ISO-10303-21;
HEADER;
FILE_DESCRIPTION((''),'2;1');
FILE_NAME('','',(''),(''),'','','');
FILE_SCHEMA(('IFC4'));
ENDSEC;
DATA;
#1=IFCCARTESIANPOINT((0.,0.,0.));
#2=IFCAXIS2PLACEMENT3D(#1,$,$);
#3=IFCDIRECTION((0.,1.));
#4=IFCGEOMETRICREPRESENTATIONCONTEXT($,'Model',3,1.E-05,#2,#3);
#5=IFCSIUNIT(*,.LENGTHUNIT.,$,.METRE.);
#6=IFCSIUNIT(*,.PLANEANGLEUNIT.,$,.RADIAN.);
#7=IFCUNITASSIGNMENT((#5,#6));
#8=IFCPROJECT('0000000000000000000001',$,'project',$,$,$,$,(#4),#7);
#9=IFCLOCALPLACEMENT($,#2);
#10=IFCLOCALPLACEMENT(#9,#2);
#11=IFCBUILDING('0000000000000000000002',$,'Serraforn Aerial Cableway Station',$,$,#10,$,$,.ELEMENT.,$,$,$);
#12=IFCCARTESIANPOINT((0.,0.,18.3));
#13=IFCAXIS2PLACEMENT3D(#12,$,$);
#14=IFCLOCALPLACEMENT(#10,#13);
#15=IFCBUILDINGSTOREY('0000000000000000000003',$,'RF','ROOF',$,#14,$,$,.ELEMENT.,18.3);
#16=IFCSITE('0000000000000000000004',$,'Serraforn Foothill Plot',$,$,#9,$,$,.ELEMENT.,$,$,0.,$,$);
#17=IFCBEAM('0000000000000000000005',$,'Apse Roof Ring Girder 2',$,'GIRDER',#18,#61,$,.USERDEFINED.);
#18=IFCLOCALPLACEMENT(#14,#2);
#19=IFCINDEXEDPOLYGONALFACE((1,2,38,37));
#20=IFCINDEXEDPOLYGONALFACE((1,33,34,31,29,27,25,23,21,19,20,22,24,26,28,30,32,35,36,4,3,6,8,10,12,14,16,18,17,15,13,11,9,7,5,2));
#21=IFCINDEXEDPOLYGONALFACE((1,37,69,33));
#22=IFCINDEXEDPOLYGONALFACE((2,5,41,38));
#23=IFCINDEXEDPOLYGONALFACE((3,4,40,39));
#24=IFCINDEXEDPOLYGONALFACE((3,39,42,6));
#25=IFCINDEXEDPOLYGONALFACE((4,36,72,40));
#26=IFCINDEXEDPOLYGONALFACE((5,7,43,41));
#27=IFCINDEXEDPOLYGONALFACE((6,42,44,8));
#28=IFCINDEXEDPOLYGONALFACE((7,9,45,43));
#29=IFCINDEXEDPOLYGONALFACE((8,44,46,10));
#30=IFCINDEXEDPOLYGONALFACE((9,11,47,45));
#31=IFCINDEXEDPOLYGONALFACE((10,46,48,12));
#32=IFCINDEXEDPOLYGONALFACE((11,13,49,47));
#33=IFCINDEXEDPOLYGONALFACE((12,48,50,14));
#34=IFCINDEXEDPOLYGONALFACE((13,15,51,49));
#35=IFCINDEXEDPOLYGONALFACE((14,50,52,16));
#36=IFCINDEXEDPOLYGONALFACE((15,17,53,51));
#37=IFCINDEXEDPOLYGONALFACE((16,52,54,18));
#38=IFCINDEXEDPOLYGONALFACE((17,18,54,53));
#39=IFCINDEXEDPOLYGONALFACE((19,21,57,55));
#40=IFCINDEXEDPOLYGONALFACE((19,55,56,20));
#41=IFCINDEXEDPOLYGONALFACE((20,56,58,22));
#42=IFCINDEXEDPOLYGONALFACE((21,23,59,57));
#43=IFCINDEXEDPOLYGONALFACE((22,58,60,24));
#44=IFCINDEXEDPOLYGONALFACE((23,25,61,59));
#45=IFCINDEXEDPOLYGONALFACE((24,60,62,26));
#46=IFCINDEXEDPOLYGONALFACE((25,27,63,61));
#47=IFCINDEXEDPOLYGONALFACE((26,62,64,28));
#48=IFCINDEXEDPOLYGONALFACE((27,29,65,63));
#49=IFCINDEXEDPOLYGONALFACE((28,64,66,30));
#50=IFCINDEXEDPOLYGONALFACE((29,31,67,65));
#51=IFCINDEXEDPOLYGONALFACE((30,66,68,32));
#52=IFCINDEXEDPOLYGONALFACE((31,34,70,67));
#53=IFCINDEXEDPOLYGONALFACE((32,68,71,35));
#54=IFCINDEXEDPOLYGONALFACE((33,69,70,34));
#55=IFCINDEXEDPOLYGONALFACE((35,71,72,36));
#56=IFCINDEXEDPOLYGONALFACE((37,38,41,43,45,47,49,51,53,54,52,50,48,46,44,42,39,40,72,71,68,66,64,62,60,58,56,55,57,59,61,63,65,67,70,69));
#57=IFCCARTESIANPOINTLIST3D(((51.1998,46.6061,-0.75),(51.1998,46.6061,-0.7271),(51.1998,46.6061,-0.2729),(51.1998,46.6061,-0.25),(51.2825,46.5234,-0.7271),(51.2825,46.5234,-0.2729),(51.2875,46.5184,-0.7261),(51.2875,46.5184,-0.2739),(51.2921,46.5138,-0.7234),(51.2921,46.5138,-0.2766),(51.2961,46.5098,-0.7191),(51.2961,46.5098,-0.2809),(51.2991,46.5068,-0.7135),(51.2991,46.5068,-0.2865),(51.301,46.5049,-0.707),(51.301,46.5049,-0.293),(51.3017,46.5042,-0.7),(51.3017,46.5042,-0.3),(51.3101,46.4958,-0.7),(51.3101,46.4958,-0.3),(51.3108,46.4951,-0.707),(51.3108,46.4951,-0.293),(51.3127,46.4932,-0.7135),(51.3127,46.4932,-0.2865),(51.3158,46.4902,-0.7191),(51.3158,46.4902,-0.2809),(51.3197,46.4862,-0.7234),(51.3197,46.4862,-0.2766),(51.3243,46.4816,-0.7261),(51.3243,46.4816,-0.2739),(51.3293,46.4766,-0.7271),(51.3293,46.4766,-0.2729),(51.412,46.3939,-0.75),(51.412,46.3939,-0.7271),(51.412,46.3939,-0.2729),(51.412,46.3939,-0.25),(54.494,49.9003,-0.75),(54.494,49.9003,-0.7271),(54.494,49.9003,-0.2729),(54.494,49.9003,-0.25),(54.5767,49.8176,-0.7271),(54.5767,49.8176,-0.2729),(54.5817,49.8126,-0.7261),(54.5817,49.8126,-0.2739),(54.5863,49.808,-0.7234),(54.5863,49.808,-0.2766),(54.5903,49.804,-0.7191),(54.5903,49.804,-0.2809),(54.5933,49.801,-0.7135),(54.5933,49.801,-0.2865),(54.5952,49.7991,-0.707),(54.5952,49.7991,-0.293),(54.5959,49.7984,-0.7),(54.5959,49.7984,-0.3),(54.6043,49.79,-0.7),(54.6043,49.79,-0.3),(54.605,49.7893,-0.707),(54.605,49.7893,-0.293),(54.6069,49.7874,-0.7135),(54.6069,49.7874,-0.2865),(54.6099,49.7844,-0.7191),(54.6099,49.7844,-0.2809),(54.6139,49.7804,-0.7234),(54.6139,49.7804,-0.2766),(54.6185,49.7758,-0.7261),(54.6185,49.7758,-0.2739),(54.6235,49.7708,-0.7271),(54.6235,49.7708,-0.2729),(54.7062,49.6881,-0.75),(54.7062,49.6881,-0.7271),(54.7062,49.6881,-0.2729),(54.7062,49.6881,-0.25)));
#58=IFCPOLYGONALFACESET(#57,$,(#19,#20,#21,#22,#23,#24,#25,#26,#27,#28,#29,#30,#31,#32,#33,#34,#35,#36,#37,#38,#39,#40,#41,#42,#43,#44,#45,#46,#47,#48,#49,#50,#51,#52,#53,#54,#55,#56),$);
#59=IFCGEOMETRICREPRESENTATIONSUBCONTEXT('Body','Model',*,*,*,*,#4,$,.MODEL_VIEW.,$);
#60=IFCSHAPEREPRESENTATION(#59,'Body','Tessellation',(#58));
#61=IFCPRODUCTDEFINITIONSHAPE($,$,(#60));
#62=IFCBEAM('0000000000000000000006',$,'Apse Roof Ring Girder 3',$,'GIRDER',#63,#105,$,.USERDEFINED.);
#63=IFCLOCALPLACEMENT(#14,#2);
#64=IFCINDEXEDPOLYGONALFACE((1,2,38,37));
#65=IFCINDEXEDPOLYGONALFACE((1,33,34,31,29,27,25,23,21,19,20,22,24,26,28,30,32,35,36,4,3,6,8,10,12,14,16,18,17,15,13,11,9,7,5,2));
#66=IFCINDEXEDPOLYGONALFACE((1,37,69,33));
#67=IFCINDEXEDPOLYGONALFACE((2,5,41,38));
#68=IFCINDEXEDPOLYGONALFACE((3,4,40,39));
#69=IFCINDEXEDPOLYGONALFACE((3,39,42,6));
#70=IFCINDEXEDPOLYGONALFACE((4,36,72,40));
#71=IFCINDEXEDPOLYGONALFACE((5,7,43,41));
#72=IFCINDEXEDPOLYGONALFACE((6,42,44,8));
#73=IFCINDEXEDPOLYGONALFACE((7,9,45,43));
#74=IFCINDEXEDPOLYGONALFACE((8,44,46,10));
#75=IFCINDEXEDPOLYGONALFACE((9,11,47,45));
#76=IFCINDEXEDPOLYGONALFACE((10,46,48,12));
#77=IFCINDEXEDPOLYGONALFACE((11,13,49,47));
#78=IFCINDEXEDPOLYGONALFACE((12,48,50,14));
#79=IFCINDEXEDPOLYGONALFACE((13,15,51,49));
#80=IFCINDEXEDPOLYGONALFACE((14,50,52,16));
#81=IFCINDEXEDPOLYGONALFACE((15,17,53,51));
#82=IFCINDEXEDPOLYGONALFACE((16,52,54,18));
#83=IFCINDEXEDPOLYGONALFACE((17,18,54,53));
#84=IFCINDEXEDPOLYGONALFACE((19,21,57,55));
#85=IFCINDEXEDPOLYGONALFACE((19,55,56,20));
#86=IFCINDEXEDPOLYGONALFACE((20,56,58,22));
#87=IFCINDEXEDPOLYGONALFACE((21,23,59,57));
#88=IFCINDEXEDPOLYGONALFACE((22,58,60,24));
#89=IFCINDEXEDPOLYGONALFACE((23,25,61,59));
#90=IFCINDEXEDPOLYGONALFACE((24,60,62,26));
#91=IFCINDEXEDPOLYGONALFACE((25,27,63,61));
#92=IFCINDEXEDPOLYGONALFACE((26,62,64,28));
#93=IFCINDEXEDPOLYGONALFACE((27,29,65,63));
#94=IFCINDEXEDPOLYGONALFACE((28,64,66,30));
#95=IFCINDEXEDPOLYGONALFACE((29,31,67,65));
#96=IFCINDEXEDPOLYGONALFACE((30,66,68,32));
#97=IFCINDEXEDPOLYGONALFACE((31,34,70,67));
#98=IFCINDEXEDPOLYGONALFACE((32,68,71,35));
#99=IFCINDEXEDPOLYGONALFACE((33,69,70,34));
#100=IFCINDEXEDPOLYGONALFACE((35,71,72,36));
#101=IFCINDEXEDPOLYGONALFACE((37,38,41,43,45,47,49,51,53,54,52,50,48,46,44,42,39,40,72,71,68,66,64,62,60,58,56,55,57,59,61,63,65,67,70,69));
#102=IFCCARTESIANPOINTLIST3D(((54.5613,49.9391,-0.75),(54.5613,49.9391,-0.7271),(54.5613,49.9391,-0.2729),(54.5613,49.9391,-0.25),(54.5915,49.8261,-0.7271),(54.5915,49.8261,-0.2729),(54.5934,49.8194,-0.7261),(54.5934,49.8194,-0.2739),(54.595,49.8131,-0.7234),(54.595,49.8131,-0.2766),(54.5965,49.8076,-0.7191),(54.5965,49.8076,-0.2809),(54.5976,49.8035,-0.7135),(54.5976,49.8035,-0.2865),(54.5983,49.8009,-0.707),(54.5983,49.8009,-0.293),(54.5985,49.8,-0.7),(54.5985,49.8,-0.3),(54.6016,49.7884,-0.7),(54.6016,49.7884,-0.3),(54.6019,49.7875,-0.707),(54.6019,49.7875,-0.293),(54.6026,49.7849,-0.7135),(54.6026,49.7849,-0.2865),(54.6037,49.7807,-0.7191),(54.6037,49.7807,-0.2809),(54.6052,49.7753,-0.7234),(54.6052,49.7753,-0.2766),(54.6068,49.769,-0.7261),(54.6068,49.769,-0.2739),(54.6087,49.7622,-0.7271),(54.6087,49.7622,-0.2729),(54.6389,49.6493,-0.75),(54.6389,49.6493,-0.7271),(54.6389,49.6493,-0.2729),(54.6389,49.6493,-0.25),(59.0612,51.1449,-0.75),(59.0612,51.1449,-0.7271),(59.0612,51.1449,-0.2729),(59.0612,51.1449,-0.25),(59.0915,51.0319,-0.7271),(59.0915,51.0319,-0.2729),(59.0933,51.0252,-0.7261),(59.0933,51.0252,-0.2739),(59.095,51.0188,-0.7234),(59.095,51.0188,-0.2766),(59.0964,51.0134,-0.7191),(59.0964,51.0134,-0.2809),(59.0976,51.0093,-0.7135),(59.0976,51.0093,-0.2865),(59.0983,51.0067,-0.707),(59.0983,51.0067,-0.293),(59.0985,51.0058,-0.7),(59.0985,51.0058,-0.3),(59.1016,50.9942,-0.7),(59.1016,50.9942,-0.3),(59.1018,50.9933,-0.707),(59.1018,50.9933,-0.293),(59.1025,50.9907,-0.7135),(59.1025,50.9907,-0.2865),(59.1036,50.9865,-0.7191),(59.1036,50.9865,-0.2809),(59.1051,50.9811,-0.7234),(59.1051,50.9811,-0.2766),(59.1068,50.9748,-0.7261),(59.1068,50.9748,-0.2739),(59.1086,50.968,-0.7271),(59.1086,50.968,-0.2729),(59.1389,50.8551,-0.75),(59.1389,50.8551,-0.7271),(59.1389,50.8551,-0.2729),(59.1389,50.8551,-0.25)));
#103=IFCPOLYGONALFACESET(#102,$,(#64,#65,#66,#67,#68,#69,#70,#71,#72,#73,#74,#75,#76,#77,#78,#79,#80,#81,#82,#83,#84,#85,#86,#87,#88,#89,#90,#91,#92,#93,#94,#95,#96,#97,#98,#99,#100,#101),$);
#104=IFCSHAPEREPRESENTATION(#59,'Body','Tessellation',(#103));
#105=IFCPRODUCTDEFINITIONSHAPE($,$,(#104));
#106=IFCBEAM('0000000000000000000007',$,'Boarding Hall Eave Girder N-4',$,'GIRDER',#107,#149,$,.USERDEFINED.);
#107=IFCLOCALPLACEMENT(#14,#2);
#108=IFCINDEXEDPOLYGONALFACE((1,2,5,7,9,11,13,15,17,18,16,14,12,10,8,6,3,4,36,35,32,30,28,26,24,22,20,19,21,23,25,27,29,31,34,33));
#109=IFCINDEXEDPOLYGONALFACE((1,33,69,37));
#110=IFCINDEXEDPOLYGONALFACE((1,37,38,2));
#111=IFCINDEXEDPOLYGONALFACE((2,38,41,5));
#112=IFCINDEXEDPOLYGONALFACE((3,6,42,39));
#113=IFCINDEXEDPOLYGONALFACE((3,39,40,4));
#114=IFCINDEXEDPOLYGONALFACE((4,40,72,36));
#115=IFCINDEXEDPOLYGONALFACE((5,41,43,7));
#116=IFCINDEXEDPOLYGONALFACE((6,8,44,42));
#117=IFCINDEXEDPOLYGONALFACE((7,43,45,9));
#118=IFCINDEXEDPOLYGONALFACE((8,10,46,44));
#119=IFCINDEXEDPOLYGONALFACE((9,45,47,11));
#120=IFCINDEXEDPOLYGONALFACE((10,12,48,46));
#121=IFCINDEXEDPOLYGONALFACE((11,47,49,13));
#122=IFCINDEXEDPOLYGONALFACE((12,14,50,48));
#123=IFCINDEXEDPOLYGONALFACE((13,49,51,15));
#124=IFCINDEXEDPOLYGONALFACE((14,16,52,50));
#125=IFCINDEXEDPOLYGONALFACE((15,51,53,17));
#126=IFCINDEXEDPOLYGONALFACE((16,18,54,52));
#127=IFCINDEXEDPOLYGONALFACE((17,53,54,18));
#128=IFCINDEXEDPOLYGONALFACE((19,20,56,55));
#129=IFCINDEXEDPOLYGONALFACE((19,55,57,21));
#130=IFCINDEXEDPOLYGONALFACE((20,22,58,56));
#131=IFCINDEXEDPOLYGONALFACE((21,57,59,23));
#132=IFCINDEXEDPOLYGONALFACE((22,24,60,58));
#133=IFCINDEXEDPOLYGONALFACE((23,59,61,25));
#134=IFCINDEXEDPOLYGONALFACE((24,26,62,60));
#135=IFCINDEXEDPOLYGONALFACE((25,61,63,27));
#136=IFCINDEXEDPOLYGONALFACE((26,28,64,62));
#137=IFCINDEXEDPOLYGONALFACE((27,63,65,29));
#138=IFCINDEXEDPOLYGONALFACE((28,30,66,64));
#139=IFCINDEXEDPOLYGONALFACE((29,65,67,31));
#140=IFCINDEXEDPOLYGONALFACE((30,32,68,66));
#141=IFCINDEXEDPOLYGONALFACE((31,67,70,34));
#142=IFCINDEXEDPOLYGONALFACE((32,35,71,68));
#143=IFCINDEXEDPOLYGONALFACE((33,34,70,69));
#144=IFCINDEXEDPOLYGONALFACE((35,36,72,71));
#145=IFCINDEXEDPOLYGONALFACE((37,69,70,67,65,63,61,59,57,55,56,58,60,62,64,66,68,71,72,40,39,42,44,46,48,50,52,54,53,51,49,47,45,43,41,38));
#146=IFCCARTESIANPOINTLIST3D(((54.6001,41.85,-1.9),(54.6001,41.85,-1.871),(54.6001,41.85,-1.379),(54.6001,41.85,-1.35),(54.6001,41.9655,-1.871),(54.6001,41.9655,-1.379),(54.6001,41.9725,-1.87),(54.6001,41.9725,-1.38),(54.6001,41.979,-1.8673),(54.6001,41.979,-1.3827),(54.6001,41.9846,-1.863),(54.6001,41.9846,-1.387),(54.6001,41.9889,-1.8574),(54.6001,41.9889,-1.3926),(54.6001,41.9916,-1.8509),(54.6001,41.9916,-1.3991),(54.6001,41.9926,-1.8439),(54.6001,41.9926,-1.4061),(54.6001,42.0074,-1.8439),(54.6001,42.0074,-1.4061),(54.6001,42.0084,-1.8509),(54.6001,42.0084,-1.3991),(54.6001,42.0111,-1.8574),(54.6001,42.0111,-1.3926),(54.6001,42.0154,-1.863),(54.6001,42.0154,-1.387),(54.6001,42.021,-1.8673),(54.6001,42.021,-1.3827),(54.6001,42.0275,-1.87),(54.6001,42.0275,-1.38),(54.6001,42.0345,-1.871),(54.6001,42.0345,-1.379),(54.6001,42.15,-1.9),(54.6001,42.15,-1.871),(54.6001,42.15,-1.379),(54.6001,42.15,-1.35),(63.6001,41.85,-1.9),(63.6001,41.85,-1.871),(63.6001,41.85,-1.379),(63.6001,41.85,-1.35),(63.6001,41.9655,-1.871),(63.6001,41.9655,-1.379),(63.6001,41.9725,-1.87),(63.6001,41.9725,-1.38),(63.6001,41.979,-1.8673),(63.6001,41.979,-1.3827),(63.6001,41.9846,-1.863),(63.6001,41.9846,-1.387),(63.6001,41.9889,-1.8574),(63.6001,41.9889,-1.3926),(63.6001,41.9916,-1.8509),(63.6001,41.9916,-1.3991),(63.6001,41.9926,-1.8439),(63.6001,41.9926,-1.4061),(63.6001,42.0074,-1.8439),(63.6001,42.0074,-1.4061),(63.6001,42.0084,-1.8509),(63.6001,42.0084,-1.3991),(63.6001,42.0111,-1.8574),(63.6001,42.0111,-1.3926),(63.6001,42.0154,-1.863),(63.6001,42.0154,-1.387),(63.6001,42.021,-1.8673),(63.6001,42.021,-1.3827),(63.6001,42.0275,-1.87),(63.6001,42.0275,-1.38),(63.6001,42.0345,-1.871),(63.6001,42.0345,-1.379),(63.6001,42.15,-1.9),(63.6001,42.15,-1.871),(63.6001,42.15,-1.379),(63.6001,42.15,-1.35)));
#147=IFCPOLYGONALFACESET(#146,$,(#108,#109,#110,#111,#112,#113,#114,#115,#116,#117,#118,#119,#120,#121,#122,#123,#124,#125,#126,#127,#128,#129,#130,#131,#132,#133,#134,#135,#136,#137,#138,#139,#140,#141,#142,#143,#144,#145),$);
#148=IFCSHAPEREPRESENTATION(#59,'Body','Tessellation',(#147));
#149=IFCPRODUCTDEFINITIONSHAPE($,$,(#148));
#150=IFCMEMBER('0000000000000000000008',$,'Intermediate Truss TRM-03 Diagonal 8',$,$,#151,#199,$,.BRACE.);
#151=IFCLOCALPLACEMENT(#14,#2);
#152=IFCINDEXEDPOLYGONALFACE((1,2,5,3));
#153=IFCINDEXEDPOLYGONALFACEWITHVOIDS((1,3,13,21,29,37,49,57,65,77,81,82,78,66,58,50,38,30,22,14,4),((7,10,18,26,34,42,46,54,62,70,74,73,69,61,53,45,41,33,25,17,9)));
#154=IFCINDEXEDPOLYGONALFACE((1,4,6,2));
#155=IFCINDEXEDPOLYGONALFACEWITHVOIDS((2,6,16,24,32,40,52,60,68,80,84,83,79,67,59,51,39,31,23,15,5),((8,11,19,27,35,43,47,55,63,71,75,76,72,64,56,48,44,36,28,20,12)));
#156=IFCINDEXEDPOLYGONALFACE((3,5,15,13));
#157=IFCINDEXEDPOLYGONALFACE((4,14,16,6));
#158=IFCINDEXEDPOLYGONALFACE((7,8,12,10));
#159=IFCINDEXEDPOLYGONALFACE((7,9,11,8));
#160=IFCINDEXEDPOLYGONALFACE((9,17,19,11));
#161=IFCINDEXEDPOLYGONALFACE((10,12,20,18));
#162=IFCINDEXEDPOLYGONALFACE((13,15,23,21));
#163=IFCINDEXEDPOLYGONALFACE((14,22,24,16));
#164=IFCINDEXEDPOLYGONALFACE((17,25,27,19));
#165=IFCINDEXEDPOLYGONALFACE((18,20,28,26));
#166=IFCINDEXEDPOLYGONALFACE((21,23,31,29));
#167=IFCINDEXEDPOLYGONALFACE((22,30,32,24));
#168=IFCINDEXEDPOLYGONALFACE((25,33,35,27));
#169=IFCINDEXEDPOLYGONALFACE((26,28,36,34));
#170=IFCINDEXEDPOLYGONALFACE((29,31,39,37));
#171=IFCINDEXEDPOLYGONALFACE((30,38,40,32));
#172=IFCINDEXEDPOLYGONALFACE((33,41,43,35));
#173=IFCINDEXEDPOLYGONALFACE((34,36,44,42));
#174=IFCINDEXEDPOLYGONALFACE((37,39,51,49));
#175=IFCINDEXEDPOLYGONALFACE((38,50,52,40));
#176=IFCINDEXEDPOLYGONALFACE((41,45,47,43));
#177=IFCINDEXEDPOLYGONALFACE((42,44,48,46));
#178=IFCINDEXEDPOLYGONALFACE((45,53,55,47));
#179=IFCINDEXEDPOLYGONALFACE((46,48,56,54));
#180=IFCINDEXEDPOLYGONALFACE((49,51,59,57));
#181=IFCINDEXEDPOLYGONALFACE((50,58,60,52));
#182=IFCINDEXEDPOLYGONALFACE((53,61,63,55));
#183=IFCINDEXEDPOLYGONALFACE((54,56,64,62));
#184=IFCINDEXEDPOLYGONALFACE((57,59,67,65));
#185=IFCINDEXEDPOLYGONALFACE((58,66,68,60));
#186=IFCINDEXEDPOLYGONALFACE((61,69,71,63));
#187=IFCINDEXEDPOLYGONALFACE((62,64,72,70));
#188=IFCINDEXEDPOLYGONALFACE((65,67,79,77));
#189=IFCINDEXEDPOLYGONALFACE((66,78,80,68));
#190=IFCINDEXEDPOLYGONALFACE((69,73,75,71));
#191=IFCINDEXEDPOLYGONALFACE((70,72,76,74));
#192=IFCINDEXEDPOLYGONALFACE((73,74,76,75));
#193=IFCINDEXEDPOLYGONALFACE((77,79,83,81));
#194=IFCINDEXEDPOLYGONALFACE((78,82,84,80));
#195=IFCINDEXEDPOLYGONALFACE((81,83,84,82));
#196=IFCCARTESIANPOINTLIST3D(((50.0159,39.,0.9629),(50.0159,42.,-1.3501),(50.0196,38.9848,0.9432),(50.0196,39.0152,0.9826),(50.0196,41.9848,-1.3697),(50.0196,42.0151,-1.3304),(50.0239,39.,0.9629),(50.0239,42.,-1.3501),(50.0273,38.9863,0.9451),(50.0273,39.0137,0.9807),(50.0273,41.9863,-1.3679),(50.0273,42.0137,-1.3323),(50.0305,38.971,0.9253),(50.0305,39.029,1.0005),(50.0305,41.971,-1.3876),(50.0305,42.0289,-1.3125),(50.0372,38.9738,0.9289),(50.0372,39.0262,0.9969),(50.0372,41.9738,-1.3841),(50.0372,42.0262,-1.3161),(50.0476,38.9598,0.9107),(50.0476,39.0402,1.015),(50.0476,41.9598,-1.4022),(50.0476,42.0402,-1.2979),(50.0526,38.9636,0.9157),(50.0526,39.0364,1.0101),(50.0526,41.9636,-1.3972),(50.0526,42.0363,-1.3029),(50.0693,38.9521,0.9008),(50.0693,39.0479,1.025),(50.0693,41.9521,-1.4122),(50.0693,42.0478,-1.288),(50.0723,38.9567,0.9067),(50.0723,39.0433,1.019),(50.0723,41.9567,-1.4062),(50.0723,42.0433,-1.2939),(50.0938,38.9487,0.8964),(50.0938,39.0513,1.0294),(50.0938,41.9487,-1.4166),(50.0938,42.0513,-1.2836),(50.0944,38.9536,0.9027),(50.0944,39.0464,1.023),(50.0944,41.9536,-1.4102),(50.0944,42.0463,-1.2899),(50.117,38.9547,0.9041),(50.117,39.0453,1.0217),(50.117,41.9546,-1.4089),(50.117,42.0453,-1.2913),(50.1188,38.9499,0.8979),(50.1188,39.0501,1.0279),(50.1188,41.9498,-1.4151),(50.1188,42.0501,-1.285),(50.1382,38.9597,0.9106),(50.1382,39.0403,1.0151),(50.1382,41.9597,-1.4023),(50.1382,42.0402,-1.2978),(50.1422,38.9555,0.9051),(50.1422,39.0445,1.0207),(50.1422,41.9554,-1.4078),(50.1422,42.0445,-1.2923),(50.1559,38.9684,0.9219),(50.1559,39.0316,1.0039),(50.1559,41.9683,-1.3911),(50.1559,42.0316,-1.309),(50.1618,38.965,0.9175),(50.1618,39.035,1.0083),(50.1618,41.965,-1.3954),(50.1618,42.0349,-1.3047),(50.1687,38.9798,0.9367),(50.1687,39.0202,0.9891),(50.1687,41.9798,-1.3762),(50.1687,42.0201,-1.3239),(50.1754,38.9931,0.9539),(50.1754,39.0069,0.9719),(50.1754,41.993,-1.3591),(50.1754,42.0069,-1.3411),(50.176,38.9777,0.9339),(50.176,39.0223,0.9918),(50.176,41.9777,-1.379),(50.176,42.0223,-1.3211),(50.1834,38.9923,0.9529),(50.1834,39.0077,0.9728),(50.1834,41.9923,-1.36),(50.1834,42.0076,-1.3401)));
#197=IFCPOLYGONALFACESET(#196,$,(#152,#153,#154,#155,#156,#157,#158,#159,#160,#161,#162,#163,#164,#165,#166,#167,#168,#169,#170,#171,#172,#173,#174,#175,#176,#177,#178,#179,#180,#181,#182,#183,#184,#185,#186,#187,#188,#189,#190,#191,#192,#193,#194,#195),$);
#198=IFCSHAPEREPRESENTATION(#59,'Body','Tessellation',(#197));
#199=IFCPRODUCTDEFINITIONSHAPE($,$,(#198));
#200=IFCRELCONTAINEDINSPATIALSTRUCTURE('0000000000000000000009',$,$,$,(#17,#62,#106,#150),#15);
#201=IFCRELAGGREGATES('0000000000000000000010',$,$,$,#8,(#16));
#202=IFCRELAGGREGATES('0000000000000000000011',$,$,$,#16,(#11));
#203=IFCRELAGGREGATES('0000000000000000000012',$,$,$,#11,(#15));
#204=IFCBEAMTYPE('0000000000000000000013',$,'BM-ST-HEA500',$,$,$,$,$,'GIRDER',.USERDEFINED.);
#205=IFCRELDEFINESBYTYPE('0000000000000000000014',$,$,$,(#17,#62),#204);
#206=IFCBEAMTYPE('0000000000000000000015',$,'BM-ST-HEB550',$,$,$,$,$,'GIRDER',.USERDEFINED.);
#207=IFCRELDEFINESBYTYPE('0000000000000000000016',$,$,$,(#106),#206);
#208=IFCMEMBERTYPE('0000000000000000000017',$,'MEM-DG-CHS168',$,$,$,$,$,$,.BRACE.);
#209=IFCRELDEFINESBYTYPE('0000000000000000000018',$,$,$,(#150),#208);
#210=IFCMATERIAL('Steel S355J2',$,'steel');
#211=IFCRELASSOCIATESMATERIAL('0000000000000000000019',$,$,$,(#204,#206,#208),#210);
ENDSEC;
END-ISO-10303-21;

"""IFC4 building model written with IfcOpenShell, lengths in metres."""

from ifc_helpers import new_model, si_unit, direction, frame, origin, origin_2d, place, context, subcontext, project, spatial, hollow_circle, i_section, extrude, material, material_profile, profile_set, type_object, element, save


model = new_model("IFC4")

# Units and contexts
model_context = context("Model", 3, precision=1e-05, world=origin(), true_north=direction((0.0, 1.0)))
body_context = subcontext(model_context, "Body", "Model", "MODEL_VIEW")
ifc_project = project(units=[si_unit("LENGTHUNIT", "METRE"), si_unit("PLANEANGLEUNIT", "RADIAN")], contexts=[model_context])

# Site, building, storey
site_placement = place(None, origin())
site = spatial("IfcSite", under=ifc_project, at=site_placement, Name="Serraforn Foothill Plot", CompositionType="ELEMENT", RefElevation=0.0)
building_placement = place(site_placement, origin())
building = spatial("IfcBuilding", under=site, at=building_placement, Name="Serraforn Aerial Cableway Station", CompositionType="ELEMENT")
storey_placement = place(building_placement, frame((0.0, 0.0, 18.3)))
storey = spatial("IfcBuildingStorey", under=building, at=storey_placement, Name="RF", Description="ROOF", CompositionType="ELEMENT", Elevation=18.3)

# Beams
ifc_material_1 = material(Name="Steel S355J2", Category="steel")
ifc_material_profile_1 = material_profile(ifc_material_1, i_section(OverallWidth=0.3, OverallDepth=0.5, WebThickness=0.012, FlangeThickness=0.0229, FilletRadius=0.0271, at=origin_2d()), Name="HEA 500")
ifc_profile_set_1 = profile_set([ifc_material_profile_1], Name="Steel S355J2")
beam_type_1 = type_object("IfcBeamType", Name="BM-ST-HEA500", ElementType="GIRDER", PredefinedType="USERDEFINED", material=ifc_profile_set_1)
for number, where, z_axis, x_axis, name in (
    (1, (51.3059, 46.5, -0.5), (0.707107, 0.707107, 0.0), (-0.707107, 0.707107, 0.0), "Apse Roof Ring Girder 2"),
    (2, (54.6001, 49.7942, -0.5), (0.965924, 0.258827, 0.0), (-0.258827, 0.965924, 0.0), "Apse Roof Ring Girder 3"),
):
    element("IfcBeam", number, at=place(storey_placement, frame(where, z_axis=z_axis, x_axis=x_axis)), inside=storey, type_object=beam_type_1, Name=name, ObjectType="GIRDER", PredefinedType="USERDEFINED", context=body_context, shape_type="SweptSolid", body=[
        extrude(i_section(OverallWidth=0.3, OverallDepth=0.5, WebThickness=0.012, FlangeThickness=0.0229, FilletRadius=0.0271, at=origin_2d()), origin(), (0.0, 0.0, 1.0), 4.6587),
    ])
ifc_material_profile_2 = material_profile(ifc_material_1, i_section(OverallWidth=0.3, OverallDepth=0.55, WebThickness=0.0149, FlangeThickness=0.0291, FilletRadius=0.0271, at=origin_2d()), Name="HEB 550")
ifc_profile_set_2 = profile_set([ifc_material_profile_2], Name="Steel S355J2")
beam_type_2 = type_object("IfcBeamType", Name="BM-ST-HEB550", ElementType="GIRDER", PredefinedType="USERDEFINED", material=ifc_profile_set_2)
beam_placement = place(storey_placement, frame((54.6001, 42.0, -1.625), z_axis=(1.0, 0.0, 0.0), x_axis=(0.0, 1.0, 0.0)))
element("IfcBeam", 3, at=beam_placement, inside=storey, type_object=beam_type_2, Name="Boarding Hall Eave Girder N-4", ObjectType="GIRDER", PredefinedType="USERDEFINED", context=body_context, shape_type="SweptSolid", body=[
    extrude(i_section(OverallWidth=0.3, OverallDepth=0.55, WebThickness=0.0149, FlangeThickness=0.0291, FilletRadius=0.0271, at=origin_2d()), origin(), (0.0, 0.0, 1.0), 9.0),
])

# Member
ifc_material_profile_3 = material_profile(ifc_material_1, hollow_circle(Radius=0.0842, WallThickness=0.0081, at=origin_2d()), Name="CHS 168.3x8.0")
ifc_profile_set_3 = profile_set([ifc_material_profile_3], Name="Steel S355J2")
member_type_1 = type_object("IfcMemberType", Name="MEM-DG-CHS168", PredefinedType="BRACE", material=ifc_profile_set_3)
for number, where, z_axis, x_axis, name in (
    (4, (50.1001, 39.0, 0.9629), (0.0, 0.791948, -0.610589), (-1.0, 0.0, 0.0), "Intermediate Truss TRM-03 Diagonal 8"),
):
    element("IfcMember", number, at=place(storey_placement, frame(where, z_axis=z_axis, x_axis=x_axis)), inside=storey, type_object=member_type_1, Name=name, PredefinedType="BRACE", context=body_context, shape_type="SweptSolid", body=[
        extrude(hollow_circle(Radius=0.0842, WallThickness=0.0081, at=origin_2d()), origin(), (0.0, 0.0, 1.0), 3.7881),
    ])

save(model, "model.ifc")
